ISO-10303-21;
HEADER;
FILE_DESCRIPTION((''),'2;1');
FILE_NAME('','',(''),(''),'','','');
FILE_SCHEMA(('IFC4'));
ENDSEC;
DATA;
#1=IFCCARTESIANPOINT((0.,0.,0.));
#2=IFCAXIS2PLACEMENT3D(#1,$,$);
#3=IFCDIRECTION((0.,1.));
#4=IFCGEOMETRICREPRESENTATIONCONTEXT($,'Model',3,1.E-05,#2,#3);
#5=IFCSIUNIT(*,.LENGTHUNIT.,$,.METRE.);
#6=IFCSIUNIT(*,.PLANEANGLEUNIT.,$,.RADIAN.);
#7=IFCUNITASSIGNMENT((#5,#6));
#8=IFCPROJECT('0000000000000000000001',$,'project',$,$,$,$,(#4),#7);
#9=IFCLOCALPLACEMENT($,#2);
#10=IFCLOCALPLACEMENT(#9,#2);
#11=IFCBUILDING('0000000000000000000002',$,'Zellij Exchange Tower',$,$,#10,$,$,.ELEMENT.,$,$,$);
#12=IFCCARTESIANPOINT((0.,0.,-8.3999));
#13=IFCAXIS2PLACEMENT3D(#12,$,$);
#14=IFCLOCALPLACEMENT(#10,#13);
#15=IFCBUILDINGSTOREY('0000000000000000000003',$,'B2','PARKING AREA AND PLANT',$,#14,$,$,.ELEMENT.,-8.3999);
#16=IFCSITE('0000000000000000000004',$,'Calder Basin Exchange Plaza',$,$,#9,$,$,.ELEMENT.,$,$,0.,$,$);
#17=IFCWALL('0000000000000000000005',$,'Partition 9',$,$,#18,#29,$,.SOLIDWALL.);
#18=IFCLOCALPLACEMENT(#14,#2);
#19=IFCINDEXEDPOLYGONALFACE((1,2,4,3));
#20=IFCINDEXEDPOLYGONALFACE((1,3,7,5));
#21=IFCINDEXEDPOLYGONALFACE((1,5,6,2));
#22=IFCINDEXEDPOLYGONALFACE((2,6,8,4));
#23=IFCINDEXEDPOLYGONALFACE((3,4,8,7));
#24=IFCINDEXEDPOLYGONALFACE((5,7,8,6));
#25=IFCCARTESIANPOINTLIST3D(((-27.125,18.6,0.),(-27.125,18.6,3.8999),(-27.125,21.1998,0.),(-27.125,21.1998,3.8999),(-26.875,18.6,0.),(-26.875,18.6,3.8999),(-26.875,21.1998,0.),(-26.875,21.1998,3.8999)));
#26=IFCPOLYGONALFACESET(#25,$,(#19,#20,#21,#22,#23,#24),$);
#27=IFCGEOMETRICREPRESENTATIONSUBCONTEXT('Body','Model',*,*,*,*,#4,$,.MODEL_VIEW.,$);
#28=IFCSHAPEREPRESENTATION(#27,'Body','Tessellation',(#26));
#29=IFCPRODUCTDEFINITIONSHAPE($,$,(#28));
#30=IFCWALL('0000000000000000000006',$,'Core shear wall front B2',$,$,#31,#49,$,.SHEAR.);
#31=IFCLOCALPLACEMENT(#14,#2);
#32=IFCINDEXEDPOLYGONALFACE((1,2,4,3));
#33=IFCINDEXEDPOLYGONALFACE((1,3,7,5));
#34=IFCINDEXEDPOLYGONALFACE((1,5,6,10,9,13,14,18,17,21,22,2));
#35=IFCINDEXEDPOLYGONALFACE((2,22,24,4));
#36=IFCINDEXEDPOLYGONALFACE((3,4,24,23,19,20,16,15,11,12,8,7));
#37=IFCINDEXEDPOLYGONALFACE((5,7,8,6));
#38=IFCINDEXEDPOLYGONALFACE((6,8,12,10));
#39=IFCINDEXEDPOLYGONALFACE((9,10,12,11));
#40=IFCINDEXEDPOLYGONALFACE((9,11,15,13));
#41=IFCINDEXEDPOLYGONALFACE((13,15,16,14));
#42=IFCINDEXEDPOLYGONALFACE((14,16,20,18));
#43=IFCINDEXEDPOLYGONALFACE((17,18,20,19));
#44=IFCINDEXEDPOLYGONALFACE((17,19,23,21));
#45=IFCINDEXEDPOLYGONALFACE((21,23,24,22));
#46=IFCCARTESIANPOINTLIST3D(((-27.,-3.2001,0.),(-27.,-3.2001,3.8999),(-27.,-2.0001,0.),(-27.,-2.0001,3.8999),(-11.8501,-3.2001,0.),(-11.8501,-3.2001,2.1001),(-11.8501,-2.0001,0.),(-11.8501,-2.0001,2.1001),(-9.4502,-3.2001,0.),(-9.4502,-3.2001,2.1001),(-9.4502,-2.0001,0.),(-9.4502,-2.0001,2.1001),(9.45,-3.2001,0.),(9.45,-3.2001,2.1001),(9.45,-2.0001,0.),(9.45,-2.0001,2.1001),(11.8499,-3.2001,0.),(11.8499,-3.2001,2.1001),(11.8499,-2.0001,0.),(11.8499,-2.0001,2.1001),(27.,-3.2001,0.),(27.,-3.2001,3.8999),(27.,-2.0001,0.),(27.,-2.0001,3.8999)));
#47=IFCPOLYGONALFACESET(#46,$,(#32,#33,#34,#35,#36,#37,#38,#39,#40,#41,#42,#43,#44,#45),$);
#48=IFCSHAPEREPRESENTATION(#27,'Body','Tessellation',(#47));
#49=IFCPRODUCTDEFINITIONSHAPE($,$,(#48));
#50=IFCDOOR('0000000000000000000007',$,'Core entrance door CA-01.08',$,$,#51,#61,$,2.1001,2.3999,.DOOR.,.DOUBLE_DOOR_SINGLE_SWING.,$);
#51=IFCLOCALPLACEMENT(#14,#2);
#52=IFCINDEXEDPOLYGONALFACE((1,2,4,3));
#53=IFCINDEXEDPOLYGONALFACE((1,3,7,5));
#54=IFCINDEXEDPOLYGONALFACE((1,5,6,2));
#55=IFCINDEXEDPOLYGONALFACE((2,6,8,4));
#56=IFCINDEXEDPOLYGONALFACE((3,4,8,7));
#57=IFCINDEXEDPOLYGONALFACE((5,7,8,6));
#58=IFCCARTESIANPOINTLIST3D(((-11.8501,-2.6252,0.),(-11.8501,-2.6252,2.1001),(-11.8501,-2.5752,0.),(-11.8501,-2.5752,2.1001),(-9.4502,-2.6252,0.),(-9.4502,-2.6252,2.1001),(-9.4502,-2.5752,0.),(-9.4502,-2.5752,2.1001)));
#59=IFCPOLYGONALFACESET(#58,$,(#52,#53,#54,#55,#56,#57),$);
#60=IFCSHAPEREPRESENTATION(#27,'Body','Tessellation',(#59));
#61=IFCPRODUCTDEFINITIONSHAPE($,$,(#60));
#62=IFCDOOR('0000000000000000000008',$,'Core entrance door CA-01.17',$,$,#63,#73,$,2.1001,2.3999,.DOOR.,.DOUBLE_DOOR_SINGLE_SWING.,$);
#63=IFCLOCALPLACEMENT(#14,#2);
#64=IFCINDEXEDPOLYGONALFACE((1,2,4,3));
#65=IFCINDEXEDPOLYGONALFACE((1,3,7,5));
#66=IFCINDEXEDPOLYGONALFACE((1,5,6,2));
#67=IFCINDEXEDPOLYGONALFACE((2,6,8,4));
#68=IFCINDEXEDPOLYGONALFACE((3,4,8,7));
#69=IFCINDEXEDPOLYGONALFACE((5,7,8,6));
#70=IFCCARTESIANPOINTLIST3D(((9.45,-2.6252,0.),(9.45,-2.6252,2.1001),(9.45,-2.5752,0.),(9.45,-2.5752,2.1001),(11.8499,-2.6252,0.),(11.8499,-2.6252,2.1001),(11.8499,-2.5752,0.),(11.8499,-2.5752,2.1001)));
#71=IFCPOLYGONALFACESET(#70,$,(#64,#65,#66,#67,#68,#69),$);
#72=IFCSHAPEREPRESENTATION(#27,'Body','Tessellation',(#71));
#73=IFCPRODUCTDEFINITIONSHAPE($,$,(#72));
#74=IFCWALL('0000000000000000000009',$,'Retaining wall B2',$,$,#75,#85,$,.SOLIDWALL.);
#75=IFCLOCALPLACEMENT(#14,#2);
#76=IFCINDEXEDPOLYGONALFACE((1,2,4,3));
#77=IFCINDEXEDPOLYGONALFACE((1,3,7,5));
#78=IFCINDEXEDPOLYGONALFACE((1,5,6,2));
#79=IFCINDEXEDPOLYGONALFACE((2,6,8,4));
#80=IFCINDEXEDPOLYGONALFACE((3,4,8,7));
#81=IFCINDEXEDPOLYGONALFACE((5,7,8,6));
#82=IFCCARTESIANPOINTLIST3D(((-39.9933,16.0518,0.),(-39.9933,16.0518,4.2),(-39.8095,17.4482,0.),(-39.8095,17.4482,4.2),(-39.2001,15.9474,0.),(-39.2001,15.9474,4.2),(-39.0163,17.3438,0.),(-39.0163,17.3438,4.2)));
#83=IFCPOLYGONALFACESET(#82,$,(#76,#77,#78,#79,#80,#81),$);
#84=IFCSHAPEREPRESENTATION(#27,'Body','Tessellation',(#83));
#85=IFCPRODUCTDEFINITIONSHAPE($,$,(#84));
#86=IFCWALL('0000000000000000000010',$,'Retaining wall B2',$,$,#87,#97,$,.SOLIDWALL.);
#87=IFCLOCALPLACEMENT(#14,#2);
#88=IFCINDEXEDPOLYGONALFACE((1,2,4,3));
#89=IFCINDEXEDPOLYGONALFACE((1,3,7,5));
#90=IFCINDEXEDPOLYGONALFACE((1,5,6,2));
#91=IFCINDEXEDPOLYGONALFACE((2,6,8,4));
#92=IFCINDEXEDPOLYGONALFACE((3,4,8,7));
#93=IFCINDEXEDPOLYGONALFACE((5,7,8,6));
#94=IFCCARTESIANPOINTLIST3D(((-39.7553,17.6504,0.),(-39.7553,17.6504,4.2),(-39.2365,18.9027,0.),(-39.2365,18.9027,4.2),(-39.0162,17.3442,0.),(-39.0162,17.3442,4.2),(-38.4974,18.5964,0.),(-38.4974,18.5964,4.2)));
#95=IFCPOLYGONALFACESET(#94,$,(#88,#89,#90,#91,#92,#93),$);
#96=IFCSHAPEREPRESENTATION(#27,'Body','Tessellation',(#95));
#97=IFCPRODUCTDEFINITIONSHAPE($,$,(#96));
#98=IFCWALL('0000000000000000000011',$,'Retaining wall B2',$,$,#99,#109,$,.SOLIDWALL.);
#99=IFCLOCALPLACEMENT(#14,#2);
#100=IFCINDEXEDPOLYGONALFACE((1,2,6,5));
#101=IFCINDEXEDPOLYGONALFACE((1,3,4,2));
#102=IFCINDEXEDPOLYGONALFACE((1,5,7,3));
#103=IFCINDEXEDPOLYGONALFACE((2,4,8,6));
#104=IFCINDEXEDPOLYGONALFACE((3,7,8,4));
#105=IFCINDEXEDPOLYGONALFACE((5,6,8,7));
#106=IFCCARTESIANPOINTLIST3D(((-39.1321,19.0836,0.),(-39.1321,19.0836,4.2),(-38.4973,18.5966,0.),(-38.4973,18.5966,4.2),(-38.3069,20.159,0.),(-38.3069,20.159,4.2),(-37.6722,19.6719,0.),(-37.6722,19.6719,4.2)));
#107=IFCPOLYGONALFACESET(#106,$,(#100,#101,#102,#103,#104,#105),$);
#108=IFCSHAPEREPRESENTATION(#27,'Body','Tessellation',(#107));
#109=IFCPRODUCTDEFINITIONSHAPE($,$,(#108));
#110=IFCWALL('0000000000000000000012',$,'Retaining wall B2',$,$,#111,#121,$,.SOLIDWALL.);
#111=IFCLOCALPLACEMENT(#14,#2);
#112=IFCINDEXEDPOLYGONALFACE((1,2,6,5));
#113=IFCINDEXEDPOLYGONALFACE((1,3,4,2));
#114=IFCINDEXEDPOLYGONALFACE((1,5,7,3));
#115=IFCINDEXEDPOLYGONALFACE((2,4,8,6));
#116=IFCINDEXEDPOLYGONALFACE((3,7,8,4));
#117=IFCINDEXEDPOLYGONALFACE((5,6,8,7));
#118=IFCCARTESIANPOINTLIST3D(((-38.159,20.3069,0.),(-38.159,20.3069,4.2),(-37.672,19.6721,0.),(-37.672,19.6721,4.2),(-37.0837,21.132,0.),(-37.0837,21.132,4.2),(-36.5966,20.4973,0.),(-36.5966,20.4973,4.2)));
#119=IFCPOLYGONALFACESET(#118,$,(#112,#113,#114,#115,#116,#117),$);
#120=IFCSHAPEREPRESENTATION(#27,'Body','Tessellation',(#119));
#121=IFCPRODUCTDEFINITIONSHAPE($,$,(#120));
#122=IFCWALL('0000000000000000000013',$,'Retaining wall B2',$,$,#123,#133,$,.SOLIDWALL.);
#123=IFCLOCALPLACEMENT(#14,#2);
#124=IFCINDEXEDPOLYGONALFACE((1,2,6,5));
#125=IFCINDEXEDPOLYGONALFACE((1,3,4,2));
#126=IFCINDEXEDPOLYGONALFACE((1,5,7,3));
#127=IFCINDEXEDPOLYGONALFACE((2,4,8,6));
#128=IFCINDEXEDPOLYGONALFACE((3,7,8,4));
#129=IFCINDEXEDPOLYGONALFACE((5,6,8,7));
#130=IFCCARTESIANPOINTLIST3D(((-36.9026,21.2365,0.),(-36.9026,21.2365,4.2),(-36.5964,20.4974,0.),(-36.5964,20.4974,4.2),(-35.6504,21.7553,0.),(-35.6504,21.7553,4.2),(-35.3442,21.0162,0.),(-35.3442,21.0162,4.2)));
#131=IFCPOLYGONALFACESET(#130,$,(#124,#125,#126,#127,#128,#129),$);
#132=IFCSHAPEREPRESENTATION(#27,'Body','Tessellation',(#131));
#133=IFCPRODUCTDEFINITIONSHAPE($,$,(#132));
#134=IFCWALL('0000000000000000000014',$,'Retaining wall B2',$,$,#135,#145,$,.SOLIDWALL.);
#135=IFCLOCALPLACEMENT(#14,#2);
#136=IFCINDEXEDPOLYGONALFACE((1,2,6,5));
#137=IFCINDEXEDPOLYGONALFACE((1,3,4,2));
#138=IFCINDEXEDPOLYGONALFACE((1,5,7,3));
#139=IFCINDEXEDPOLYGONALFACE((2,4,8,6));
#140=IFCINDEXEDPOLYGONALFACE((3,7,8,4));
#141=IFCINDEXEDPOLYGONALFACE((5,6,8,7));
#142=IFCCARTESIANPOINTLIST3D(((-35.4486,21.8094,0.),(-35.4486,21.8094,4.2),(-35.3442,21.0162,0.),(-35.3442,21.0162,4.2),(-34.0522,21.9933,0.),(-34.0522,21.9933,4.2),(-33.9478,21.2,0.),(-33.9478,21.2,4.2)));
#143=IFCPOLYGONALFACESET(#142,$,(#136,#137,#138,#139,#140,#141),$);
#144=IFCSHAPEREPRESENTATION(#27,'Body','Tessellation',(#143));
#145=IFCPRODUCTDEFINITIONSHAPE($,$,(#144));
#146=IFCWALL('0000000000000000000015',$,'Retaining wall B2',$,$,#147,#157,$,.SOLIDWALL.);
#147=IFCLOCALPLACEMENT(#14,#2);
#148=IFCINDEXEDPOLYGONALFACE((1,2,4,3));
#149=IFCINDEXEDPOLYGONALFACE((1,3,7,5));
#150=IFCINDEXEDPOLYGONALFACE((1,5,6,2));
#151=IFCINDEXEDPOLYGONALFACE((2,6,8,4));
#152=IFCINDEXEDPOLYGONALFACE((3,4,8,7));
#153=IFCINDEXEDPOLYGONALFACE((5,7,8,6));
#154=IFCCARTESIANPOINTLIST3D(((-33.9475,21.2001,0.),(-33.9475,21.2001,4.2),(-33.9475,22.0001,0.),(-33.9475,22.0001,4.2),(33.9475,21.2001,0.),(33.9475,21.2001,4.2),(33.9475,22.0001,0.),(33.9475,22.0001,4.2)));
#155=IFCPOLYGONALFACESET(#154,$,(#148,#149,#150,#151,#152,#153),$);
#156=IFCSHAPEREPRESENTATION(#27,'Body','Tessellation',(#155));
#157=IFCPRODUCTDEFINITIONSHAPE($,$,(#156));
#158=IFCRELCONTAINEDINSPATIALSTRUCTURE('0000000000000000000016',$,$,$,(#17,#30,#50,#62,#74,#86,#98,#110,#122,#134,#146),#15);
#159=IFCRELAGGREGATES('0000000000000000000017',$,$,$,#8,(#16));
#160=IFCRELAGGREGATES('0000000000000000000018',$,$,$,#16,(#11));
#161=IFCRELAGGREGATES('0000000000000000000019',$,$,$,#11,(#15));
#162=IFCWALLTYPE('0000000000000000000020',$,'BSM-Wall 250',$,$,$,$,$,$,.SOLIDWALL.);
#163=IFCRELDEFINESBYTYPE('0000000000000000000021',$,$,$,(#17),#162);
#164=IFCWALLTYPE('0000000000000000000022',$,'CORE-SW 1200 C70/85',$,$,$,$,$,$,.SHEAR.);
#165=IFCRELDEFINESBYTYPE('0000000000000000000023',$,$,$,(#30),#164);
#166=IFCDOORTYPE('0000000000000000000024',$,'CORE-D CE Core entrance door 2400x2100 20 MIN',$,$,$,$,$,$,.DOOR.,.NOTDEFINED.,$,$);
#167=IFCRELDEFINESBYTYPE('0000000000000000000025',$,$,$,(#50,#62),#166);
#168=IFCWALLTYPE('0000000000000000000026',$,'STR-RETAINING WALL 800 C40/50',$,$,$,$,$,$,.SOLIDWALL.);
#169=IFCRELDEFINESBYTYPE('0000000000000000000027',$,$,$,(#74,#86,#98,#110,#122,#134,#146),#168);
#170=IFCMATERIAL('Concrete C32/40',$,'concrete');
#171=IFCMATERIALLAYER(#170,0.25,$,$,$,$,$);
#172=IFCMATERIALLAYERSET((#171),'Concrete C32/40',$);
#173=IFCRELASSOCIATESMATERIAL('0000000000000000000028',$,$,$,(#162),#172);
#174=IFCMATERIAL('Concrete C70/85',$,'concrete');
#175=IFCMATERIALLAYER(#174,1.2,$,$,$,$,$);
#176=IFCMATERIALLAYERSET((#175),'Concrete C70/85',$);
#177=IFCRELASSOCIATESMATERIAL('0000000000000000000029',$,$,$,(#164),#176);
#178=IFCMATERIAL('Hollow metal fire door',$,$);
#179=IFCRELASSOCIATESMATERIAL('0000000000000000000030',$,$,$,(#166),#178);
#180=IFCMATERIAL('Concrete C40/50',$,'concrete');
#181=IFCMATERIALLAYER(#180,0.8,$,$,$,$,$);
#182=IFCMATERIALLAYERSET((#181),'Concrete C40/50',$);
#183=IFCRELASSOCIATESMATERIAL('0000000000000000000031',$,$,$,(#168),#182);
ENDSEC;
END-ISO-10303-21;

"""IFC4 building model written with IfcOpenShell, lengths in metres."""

from ifc_helpers import new_model, si_unit, direction, frame, frame_2d, origin, place, context, subcontext, project, spatial, rectangle, extrude, material, layer, layer_set, type_object, element, fill, save


model = new_model("IFC4")

# Units and contexts
model_context = context("Model", 3, precision=1e-05, world=origin(), true_north=direction((0.0, 1.0)))
body_context = subcontext(model_context, "Body", "Model", "MODEL_VIEW")
ifc_project = project(units=[si_unit("LENGTHUNIT", "METRE"), si_unit("PLANEANGLEUNIT", "RADIAN")], contexts=[model_context])

# Site, building, storey
site_placement = place(None, origin())
site = spatial("IfcSite", under=ifc_project, at=site_placement, Name="Calder Basin Exchange Plaza", CompositionType="ELEMENT", RefElevation=0.0)
building_placement = place(site_placement, origin())
building = spatial("IfcBuilding", under=site, at=building_placement, Name="Zellij Exchange Tower", CompositionType="ELEMENT")
storey_placement = place(building_placement, frame((0.0, 0.0, -8.3999)))
storey = spatial("IfcBuildingStorey", under=building, at=storey_placement, Name="B2", Description="PARKING AREA AND PLANT", CompositionType="ELEMENT", Elevation=-8.3999)

# Shared definitions
ifc_material_1 = material(Name="Concrete C70/85", Category="concrete")

# Shared definitions
ifc_material_2 = material(Name="Concrete C32/40", Category="concrete")
ifc_layer_1 = layer(ifc_material_2, 0.25)
ifc_layer_set_1 = layer_set([ifc_layer_1], Name="Concrete C32/40")
wall_type_1 = type_object("IfcWallType", Name="BSM-Wall 250", PredefinedType="SOLIDWALL", material=ifc_layer_set_1)

# Wall
wall_1_placement = place(storey_placement, frame((-27.0, 18.6001, 0.0), z_axis=(0.0, 0.0, 1.0), x_axis=(0.0, 1.0, 0.0)))
element("IfcWall", 1, at=wall_1_placement, inside=storey, type_object=wall_type_1, Name="Partition 9", PredefinedType="SOLIDWALL", context=body_context, shape_type="SweptSolid", body=[
    extrude(rectangle(XDim=2.5999, YDim=0.25, at=frame_2d((1.2998, 0.0))), origin(), (0.0, 0.0, 1.0), 3.8999),
])

# Wall, openings, doors
ifc_layer_2 = layer(ifc_material_1, 1.2)
ifc_layer_set_2 = layer_set([ifc_layer_2], Name="Concrete C70/85")
wall_type_2 = type_object("IfcWallType", Name="CORE-SW 1200 C70/85", PredefinedType="SHEAR", material=ifc_layer_set_2)
wall_2_placement = place(storey_placement, frame((-27.0, -2.6001, 0.0), z_axis=(0.0, 0.0, 1.0), x_axis=(1.0, 0.0, 0.0)))
wall_2 = element("IfcWall", 2, at=wall_2_placement, inside=storey, type_object=wall_type_2, Name="Core shear wall front B2", PredefinedType="SHEAR", context=body_context, shape_type="SweptSolid", body=[
    extrude(rectangle(XDim=54.0, YDim=1.2, at=frame_2d((27.0, 0.0))), origin(), (0.0, 0.0, 1.0), 3.8999),
])
opening_1_placement = place(wall_2_placement, frame((15.1499, 0.0, 0.0)))
opening_1 = element("IfcOpeningElement", 3, at=opening_1_placement, cuts=wall_2, PredefinedType="OPENING", context=body_context, shape_type="SweptSolid", body=[
    extrude(rectangle(XDim=2.3999, YDim=2.1001, at=frame_2d((1.2, 1.05))), frame((0.0, 0.6118, 0.0), z_axis=(0.0, -1.0, 0.0), x_axis=(1.0, 0.0, 0.0)), (0.0, 0.0, 1.0), 1.2239),
])
opening_2_placement = place(wall_2_placement, frame((36.45, 0.0, 0.0)))
opening_2 = element("IfcOpeningElement", 4, at=opening_2_placement, cuts=wall_2, PredefinedType="OPENING", context=body_context, shape_type="SweptSolid", body=[
    extrude(rectangle(XDim=2.3999, YDim=2.1001, at=frame_2d((1.2, 1.05))), frame((0.0, 0.6118, 0.0), z_axis=(0.0, -1.0, 0.0), x_axis=(1.0, 0.0, 0.0)), (0.0, 0.0, 1.0), 1.2239),
])
ifc_material_3 = material(Name="Hollow metal fire door")
door_type_1 = type_object("IfcDoorType", Name="CORE-D CE Core entrance door 2400x2100 20 MIN", OperationType="NOTDEFINED", PredefinedType="DOOR", material=ifc_material_3)
door_1_placement = place(opening_1_placement, origin())
door_1 = element("IfcDoor", 5, at=door_1_placement, inside=storey, type_object=door_type_1, Name="Core entrance door CA-01.08", OperationType="DOUBLE_DOOR_SINGLE_SWING", OverallHeight=2.1001, OverallWidth=2.3999, PredefinedType="DOOR", context=body_context, shape_type="SweptSolid", body=[
    extrude(rectangle(XDim=2.3999, YDim=2.1001, at=frame_2d((1.2, 1.05))), frame((0.0, 0.0249, 0.0), z_axis=(0.0, -1.0, 0.0), x_axis=(1.0, 0.0, 0.0)), (0.0, 0.0, 1.0), 0.05),
])
fill(opening_1, door_1)
door_2_placement = place(opening_2_placement, origin())
door_2 = element("IfcDoor", 6, at=door_2_placement, inside=storey, type_object=door_type_1, Name="Core entrance door CA-01.17", OperationType="DOUBLE_DOOR_SINGLE_SWING", OverallHeight=2.1001, OverallWidth=2.3999, PredefinedType="DOOR", context=body_context, shape_type="SweptSolid", body=[
    extrude(rectangle(XDim=2.3999, YDim=2.1001, at=frame_2d((1.2, 1.05))), frame((0.0, 0.0249, 0.0), z_axis=(0.0, -1.0, 0.0), x_axis=(1.0, 0.0, 0.0)), (0.0, 0.0, 1.0), 0.05),
])
fill(opening_2, door_2)

# Walls
ifc_material_4 = material(Name="Concrete C40/50", Category="concrete")
ifc_layer_3 = layer(ifc_material_4, 0.8)
ifc_layer_set_3 = layer_set([ifc_layer_3], Name="Concrete C40/50")
wall_type_3 = type_object("IfcWallType", Name="STR-RETAINING WALL 800 C40/50", PredefinedType="SOLIDWALL", material=ifc_layer_set_3)
wall_3_placement = place(storey_placement, frame((-39.5967, 15.9998, 0.0), z_axis=(0.0, 0.0, 1.0), x_axis=(0.130517, 0.991446, 0.0)))
element("IfcWall", 7, at=wall_3_placement, inside=storey, type_object=wall_type_3, Name="Retaining wall B2", PredefinedType="SOLIDWALL", context=body_context, shape_type="SweptSolid", body=[
    extrude(rectangle(XDim=1.4084, YDim=0.8, at=frame_2d((0.7041, 0.0))), origin(), (0.0, 0.0, 1.0), 4.2),
])
for number, where, z_axis, x_axis, name in (
    (8, (-39.3857, 17.4973, 0.0), (0.0, 0.0, 1.0), (0.38276, 0.923848, 0.0), "Retaining wall B2"),
    (9, (-38.8147, 18.8401, 0.0), (0.0, 0.0, 1.0), (0.608753, 0.79336, 0.0), "Retaining wall B2"),
    (10, (-37.9155, 19.9895, 0.0), (0.0, 0.0, 1.0), (0.79336, 0.608753, 0.0), "Retaining wall B2"),
    (11, (-36.7495, 20.8669, 0.0), (0.0, 0.0, 1.0), (0.923848, 0.38276, 0.0), "Retaining wall B2"),
):
    element("IfcWall", number, at=place(storey_placement, frame(where, z_axis=z_axis, x_axis=x_axis)), inside=storey, type_object=wall_type_3, Name=name, PredefinedType="SOLIDWALL", context=body_context, shape_type="SweptSolid", body=[
        extrude(rectangle(XDim=1.3555, YDim=0.8, at=frame_2d((0.6777, 0.0))), origin(), (0.0, 0.0, 1.0), 4.2),
    ])
wall_4_placement = place(storey_placement, frame((-35.3962, 21.4128, 0.0), z_axis=(0.0, 0.0, 1.0), x_axis=(0.991446, 0.130517, 0.0)))
element("IfcWall", 12, at=wall_4_placement, inside=storey, type_object=wall_type_3, Name="Retaining wall B2", PredefinedType="SOLIDWALL", context=body_context, shape_type="SweptSolid", body=[
    extrude(rectangle(XDim=1.4084, YDim=0.8, at=frame_2d((0.7041, 0.0))), origin(), (0.0, 0.0, 1.0), 4.2),
])
wall_5_placement = place(storey_placement, frame((-33.9475, 21.6001, 0.0), z_axis=(0.0, 0.0, 1.0), x_axis=(1.0, 0.0, 0.0)))
element("IfcWall", 13, at=wall_5_placement, inside=storey, type_object=wall_type_3, Name="Retaining wall B2", PredefinedType="SOLIDWALL", context=body_context, shape_type="SweptSolid", body=[
    extrude(rectangle(XDim=67.895, YDim=0.8, at=frame_2d((33.9475, 0.0))), origin(), (0.0, 0.0, 1.0), 4.2),
])

save(model, "model.ifc")
